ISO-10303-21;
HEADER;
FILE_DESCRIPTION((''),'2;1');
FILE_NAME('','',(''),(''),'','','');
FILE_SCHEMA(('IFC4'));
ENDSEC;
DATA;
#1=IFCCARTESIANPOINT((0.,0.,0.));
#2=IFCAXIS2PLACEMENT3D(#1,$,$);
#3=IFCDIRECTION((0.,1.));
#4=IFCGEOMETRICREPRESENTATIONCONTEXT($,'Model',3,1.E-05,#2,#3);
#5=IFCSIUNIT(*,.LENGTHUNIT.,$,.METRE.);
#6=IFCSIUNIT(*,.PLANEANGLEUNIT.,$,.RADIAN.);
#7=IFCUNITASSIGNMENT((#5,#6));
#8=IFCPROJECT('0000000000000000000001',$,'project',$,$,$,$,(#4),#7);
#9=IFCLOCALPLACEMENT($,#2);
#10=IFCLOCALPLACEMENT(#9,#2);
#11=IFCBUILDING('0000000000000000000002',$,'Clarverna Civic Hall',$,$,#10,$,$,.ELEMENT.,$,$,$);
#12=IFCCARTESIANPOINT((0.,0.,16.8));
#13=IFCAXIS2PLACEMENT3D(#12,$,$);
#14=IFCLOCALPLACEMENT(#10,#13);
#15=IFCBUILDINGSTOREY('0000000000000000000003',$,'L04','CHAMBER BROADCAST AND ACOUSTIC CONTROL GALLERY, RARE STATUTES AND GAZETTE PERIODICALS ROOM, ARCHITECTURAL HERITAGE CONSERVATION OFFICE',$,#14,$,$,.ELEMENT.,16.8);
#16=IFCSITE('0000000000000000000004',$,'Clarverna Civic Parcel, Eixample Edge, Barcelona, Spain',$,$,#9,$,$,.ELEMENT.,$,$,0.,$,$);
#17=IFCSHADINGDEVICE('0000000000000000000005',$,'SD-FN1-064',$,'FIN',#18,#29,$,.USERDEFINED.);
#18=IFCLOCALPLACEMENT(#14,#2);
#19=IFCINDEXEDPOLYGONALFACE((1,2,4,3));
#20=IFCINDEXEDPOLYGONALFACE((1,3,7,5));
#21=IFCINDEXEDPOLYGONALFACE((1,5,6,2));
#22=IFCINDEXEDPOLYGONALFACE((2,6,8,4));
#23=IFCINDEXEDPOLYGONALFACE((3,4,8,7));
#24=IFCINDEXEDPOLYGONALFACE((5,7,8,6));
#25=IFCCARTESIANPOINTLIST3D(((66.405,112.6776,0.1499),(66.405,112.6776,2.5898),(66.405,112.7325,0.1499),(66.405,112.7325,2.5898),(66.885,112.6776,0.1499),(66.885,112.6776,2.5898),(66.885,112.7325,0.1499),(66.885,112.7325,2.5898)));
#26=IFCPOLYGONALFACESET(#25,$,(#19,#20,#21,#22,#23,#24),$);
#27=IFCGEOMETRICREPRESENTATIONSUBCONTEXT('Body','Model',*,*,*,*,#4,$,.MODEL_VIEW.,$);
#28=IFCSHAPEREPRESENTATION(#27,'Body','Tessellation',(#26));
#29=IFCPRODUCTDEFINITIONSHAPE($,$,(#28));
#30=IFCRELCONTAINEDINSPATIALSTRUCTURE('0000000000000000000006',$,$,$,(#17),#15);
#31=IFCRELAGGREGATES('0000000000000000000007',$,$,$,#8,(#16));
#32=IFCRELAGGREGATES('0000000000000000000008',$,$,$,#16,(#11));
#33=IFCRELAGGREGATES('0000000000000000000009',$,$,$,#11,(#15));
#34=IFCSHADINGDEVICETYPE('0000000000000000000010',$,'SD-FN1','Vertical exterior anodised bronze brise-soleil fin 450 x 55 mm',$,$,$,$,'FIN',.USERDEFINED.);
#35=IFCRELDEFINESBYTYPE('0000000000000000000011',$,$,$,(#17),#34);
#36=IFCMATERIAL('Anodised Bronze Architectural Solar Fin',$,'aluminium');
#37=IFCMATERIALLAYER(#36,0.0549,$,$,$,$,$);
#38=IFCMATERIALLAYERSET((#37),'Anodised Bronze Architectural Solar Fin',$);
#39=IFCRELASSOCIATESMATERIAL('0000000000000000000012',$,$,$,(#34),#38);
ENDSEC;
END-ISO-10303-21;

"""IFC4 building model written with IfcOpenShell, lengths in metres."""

from ifc_helpers import new_model, si_unit, direction, frame, frame_2d, origin, place, context, subcontext, project, spatial, rectangle, extrude, material, layer, layer_set, type_object, element, save


model = new_model("IFC4")

# Units and contexts
model_context = context("Model", 3, precision=1e-05, world=origin(), true_north=direction((0.0, 1.0)))
body_context = subcontext(model_context, "Body", "Model", "MODEL_VIEW")
ifc_project = project(units=[si_unit("LENGTHUNIT", "METRE"), si_unit("PLANEANGLEUNIT", "RADIAN")], contexts=[model_context])

# Site, building, storey
site_placement = place(None, origin())
site = spatial("IfcSite", under=ifc_project, at=site_placement, Name="Clarverna Civic Parcel, Eixample Edge, Barcelona, Spain", CompositionType="ELEMENT", RefElevation=0.0)
building_placement = place(site_placement, origin())
building = spatial("IfcBuilding", under=site, at=building_placement, Name="Clarverna Civic Hall", CompositionType="ELEMENT")
storey_placement = place(building_placement, frame((0.0, 0.0, 16.8)))
storey = spatial("IfcBuildingStorey", under=building, at=storey_placement, Name="L04", Description="CHAMBER BROADCAST AND ACOUSTIC CONTROL GALLERY, RARE STATUTES AND GAZETTE PERIODICALS ROOM, ARCHITECTURAL HERITAGE CONSERVATION OFFICE", CompositionType="ELEMENT", Elevation=16.8)

# Shading device
ifc_material_1 = material(Name="Anodised Bronze Architectural Solar Fin", Category="aluminium")
ifc_layer_1 = layer(ifc_material_1, 0.0549)
ifc_layer_set_1 = layer_set([ifc_layer_1], Name="Anodised Bronze Architectural Solar Fin")
shading_device_type = type_object("IfcShadingDeviceType", Name="SD-FN1", Description="Vertical exterior anodised bronze brise-soleil fin 450 x 55 mm", ElementType="FIN", PredefinedType="USERDEFINED", material=ifc_layer_set_1)
shading_device_placement = place(storey_placement, frame((66.405, 112.7051, 0.1499), z_axis=(0.0, 0.0, 1.0), x_axis=(1.0, 0.0, 0.0)))
element("IfcShadingDevice", 1, at=shading_device_placement, inside=storey, type_object=shading_device_type, Name="SD-FN1-064", ObjectType="FIN", PredefinedType="USERDEFINED", context=body_context, shape_type="SweptSolid", body=[
    extrude(rectangle(XDim=0.48, YDim=0.0549, at=frame_2d((0.24, 0.0))), origin(), (0.0, 0.0, 1.0), 2.4399),
])

save(model, "model.ifc")
